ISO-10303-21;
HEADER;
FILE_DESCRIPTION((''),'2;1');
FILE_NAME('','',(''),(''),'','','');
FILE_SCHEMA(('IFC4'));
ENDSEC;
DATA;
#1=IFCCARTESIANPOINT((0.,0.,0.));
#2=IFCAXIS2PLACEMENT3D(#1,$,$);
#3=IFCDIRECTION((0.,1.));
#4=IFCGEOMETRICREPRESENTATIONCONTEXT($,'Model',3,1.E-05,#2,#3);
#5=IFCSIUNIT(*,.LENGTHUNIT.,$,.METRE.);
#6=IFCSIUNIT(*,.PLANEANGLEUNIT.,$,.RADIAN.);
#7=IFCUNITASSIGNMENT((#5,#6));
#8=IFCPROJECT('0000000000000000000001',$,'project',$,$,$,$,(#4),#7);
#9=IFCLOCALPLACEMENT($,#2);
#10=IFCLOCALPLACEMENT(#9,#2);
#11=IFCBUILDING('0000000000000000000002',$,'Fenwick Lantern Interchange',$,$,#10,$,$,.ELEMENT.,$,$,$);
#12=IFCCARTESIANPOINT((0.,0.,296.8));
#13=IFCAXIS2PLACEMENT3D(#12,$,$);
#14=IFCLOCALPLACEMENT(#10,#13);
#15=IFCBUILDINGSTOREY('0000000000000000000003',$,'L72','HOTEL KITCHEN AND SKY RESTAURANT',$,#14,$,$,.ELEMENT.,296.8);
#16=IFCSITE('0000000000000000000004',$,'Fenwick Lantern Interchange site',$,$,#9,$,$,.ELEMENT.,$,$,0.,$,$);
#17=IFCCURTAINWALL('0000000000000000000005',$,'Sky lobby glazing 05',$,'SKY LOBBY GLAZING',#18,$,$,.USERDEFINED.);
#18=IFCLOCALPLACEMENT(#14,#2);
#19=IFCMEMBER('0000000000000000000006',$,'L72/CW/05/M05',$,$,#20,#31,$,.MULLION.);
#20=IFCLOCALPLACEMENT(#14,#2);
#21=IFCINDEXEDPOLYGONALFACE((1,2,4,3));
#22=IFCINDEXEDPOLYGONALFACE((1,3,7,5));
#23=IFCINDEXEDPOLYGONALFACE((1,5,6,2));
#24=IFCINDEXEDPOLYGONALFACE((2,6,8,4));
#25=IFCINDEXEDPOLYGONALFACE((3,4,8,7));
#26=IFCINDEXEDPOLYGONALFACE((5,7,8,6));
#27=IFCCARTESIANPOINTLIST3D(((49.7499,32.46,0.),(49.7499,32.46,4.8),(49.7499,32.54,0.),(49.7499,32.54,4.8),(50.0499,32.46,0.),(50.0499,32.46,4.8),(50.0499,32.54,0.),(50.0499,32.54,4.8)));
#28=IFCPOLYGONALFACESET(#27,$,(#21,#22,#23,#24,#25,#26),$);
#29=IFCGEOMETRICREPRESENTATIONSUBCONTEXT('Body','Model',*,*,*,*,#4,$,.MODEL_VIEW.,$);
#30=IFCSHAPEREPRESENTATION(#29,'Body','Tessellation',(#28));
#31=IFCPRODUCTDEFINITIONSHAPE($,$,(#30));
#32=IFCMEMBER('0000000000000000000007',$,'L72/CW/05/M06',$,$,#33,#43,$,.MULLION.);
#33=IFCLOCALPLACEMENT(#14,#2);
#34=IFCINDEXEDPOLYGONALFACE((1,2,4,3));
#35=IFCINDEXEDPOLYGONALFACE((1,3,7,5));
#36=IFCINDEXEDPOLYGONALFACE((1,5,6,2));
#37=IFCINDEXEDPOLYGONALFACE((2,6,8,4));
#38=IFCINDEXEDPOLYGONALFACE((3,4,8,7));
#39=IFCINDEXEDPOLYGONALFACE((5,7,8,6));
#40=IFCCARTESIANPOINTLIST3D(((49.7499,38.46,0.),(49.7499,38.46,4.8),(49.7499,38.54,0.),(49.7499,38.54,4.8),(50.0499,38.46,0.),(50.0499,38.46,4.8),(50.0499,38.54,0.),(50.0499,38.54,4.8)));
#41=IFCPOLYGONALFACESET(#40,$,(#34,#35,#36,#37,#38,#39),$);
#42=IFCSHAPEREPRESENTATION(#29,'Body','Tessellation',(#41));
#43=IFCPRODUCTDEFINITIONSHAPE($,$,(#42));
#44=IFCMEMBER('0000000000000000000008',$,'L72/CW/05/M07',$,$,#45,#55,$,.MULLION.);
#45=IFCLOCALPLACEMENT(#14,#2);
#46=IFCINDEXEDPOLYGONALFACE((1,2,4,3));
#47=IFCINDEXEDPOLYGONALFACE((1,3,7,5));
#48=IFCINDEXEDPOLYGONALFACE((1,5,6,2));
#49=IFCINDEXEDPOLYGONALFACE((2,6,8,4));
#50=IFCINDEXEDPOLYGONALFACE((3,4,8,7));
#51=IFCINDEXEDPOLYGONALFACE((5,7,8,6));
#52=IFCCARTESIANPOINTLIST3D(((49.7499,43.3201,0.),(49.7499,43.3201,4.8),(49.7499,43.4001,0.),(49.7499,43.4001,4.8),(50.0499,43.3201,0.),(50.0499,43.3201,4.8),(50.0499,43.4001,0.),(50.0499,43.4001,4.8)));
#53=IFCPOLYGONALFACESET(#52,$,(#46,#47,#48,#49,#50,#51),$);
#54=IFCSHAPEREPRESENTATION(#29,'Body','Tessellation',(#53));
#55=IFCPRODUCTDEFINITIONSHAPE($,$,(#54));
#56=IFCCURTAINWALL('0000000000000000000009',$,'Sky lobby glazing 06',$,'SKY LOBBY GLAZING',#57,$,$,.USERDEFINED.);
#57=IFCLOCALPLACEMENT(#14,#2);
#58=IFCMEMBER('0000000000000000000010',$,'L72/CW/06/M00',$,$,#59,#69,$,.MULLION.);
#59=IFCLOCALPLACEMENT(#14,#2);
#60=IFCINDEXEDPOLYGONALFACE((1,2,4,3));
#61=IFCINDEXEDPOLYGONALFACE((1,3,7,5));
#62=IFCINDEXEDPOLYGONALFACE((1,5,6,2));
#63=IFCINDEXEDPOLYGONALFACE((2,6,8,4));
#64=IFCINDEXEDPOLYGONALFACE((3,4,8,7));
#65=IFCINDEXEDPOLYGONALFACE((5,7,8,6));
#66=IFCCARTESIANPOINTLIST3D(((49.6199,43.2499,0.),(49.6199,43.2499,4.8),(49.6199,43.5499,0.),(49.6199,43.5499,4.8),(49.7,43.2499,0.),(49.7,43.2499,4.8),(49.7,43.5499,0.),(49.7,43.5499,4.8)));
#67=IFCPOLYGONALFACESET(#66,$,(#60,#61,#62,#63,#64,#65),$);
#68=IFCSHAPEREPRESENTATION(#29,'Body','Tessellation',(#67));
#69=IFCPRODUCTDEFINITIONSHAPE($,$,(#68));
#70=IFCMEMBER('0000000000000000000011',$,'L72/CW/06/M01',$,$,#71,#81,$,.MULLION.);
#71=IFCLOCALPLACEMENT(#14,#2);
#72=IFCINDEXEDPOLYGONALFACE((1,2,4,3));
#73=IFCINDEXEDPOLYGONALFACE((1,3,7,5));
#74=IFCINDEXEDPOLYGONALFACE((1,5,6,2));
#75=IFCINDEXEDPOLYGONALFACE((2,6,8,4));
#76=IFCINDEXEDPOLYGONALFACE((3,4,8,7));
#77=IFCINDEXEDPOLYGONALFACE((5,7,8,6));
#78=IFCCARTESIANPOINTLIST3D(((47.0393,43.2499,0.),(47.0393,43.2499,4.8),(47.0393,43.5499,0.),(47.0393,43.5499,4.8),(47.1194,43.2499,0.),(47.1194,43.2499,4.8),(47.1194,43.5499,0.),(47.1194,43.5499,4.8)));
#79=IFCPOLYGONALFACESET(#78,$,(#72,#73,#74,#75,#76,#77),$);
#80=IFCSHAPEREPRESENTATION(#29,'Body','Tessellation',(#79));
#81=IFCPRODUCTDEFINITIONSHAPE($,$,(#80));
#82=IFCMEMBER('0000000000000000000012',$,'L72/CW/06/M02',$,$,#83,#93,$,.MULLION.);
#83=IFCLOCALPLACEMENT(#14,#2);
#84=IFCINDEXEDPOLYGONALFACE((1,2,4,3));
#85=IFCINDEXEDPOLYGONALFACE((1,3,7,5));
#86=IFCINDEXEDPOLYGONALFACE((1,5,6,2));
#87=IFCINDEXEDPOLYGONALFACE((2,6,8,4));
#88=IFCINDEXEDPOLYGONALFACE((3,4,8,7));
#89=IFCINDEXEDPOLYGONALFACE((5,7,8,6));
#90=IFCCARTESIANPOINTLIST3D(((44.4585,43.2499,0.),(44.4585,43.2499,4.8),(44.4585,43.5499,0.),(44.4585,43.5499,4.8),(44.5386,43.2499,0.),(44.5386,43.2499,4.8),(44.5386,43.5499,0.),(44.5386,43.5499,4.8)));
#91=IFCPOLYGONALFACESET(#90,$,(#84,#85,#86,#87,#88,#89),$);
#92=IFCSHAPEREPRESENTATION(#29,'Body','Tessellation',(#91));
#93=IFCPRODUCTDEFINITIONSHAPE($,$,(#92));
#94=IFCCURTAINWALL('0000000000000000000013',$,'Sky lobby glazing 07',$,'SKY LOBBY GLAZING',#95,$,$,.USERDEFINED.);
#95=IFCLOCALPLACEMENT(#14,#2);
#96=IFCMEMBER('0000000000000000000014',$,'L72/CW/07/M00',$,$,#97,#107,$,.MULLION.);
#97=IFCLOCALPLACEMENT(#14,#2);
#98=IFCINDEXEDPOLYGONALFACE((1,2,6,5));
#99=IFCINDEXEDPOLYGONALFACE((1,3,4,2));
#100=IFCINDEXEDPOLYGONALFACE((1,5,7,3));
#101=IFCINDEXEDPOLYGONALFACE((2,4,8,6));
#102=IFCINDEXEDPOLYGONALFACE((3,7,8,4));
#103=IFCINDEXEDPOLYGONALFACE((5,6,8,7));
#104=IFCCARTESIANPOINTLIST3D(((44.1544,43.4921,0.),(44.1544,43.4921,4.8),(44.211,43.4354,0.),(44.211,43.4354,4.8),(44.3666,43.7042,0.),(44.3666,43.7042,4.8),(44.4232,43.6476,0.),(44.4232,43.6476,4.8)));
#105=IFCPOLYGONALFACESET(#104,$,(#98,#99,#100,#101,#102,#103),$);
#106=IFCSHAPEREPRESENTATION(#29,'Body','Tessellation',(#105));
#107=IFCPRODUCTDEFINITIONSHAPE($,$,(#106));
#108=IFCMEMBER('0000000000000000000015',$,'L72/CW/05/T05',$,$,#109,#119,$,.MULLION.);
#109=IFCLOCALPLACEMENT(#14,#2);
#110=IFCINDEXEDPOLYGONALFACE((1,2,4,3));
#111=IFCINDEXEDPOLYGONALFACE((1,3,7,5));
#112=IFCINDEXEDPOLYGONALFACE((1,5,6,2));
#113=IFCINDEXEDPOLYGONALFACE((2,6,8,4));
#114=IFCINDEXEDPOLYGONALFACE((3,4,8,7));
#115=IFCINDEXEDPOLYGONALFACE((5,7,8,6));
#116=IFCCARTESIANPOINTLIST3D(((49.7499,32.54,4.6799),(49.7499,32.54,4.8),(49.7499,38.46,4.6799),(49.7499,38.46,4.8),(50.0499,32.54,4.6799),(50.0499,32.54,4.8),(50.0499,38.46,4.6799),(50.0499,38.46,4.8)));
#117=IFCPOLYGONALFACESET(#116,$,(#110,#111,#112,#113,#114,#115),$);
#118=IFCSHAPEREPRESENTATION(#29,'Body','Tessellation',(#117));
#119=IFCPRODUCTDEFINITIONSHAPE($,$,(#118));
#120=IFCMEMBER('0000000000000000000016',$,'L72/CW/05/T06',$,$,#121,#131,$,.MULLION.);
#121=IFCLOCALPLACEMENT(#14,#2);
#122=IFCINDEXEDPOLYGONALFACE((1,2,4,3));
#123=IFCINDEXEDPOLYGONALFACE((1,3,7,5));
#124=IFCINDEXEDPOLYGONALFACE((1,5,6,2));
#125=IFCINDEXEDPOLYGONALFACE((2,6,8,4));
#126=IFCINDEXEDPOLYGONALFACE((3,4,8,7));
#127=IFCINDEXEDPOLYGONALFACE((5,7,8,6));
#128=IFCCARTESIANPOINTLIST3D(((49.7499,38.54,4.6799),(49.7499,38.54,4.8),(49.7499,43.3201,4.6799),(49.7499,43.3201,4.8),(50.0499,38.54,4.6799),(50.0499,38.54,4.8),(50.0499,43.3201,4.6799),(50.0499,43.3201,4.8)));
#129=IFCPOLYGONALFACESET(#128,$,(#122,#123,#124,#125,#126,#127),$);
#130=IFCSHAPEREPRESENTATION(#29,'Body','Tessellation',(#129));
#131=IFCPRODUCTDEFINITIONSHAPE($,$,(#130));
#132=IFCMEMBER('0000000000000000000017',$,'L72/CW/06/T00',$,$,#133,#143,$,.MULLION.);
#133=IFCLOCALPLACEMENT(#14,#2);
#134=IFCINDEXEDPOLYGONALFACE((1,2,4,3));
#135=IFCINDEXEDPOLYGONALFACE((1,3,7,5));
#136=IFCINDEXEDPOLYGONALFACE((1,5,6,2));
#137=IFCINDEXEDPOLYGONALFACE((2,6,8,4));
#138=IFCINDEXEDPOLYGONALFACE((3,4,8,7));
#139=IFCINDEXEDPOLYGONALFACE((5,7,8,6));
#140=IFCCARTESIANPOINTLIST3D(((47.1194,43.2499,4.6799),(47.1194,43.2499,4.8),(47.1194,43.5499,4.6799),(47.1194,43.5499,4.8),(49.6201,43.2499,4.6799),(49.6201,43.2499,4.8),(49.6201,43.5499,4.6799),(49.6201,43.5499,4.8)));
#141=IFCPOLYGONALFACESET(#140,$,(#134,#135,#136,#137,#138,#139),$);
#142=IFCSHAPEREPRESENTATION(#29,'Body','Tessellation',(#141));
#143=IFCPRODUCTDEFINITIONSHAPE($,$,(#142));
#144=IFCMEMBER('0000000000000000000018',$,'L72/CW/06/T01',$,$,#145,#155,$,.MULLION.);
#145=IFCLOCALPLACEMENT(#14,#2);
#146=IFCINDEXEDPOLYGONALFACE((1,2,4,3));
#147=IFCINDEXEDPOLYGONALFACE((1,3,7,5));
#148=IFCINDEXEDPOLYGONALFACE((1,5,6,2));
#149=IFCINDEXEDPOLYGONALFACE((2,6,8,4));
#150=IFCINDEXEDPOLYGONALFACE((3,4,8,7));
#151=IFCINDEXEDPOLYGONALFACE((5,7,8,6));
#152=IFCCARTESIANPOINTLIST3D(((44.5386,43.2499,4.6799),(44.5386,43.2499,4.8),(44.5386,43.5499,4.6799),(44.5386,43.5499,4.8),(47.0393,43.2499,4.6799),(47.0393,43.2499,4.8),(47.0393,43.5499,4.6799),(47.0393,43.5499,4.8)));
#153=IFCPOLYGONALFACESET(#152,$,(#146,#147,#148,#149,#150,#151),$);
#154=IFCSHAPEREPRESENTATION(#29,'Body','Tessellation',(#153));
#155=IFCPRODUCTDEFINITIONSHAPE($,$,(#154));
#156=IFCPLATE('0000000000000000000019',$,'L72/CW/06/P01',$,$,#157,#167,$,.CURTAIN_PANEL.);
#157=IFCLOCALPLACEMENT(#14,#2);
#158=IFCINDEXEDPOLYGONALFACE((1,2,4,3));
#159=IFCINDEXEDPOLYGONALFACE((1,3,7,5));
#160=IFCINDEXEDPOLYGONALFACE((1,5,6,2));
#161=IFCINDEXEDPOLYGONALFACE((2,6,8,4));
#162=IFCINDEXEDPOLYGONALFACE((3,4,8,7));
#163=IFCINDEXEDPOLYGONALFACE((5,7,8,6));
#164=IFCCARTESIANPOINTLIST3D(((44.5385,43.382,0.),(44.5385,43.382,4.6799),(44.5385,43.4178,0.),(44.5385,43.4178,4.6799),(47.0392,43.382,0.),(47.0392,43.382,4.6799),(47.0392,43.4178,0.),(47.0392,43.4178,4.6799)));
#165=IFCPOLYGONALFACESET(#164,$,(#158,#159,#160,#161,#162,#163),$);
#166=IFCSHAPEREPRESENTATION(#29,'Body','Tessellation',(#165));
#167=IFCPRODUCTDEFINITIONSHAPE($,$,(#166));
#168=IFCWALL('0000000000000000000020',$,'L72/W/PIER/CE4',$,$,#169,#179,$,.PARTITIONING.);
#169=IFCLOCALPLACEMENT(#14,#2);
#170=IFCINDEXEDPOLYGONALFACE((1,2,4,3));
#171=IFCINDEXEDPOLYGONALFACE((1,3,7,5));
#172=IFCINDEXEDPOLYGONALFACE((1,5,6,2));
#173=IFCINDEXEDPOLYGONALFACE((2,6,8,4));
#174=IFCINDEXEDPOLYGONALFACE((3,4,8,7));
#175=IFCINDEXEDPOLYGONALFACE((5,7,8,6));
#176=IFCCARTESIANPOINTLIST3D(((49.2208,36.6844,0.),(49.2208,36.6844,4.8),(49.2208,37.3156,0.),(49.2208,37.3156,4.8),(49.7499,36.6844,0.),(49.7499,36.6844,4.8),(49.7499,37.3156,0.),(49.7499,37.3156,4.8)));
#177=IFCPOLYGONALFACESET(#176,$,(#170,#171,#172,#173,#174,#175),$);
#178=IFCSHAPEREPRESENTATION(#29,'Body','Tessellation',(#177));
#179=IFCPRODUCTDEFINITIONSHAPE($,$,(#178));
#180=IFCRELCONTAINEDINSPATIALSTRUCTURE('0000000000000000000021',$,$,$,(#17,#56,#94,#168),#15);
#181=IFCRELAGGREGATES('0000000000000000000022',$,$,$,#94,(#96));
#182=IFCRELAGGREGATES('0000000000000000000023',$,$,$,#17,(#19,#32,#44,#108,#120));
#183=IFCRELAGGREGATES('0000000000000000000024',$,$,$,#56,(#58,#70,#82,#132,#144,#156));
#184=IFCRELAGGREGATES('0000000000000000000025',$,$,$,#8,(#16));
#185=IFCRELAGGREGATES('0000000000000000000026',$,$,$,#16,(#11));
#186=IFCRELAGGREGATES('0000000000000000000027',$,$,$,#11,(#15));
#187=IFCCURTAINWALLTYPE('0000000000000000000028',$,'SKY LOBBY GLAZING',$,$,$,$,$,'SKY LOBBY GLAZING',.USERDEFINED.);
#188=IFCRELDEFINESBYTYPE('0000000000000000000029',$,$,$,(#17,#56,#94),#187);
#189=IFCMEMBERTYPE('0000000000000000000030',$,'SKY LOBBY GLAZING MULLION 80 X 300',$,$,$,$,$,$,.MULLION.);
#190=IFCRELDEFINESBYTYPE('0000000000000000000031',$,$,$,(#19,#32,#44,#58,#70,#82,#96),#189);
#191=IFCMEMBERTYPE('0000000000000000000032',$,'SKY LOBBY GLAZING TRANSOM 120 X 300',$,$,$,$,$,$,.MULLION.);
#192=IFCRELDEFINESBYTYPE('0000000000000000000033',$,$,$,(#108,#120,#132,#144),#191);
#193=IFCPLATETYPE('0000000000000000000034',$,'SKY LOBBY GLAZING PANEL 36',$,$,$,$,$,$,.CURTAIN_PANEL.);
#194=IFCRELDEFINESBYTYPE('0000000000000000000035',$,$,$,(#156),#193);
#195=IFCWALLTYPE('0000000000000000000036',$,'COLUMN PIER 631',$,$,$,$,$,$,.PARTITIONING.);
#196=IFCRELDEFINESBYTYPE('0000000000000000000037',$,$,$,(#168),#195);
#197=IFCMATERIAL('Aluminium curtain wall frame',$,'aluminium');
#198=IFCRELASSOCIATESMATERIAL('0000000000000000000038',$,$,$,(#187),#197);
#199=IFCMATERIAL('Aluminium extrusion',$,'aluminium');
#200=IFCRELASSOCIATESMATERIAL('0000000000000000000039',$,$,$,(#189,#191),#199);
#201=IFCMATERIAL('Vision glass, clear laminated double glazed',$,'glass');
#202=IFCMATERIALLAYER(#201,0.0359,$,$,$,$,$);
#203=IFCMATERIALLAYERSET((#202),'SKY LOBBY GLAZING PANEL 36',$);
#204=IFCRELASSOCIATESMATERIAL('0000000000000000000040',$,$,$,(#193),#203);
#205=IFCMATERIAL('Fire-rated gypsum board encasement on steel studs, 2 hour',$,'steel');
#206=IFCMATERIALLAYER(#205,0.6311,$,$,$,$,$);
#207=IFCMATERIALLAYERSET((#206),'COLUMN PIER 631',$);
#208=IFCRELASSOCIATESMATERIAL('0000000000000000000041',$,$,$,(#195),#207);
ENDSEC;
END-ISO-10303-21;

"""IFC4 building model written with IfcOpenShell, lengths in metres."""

from ifc_helpers import new_model, si_unit, direction, frame, frame_2d, origin, origin_2d, place, context, subcontext, project, spatial, rectangle, extrude, material, layer, layer_set, material_profile, profile_set, type_object, element, aggregate, save


model = new_model("IFC4")

# Units and contexts
model_context = context("Model", 3, precision=1e-05, world=origin(), true_north=direction((0.0, 1.0)))
body_context = subcontext(model_context, "Body", "Model", "MODEL_VIEW")
ifc_project = project(units=[si_unit("LENGTHUNIT", "METRE"), si_unit("PLANEANGLEUNIT", "RADIAN")], contexts=[model_context])

# Site, building, storey
site_placement = place(None, origin())
site = spatial("IfcSite", under=ifc_project, at=site_placement, Name="Fenwick Lantern Interchange site", CompositionType="ELEMENT", RefElevation=0.0)
building_placement = place(site_placement, origin())
building = spatial("IfcBuilding", under=site, at=building_placement, Name="Fenwick Lantern Interchange", CompositionType="ELEMENT")
storey_placement = place(building_placement, frame((0.0, 0.0, 296.8)))
storey = spatial("IfcBuildingStorey", under=building, at=storey_placement, Name="L72", Description="HOTEL KITCHEN AND SKY RESTAURANT", CompositionType="ELEMENT", Elevation=296.8)

# Curtain walls, members
ifc_material_1 = material(Name="Aluminium curtain wall frame", Category="aluminium")
curtain_wall_type = type_object("IfcCurtainWallType", Name="SKY LOBBY GLAZING", ElementType="SKY LOBBY GLAZING", PredefinedType="USERDEFINED", material=ifc_material_1)
curtain_wall_1_placement = place(storey_placement, origin())
curtain_wall_1 = element("IfcCurtainWall", 1, at=curtain_wall_1_placement, inside=storey, type_object=curtain_wall_type, Name="Sky lobby glazing 05", ObjectType="SKY LOBBY GLAZING", PredefinedType="USERDEFINED")
ifc_material_2 = material(Name="Aluminium extrusion", Category="aluminium")
ifc_material_profile_1 = material_profile(ifc_material_2, rectangle(XDim=0.3, YDim=0.0801, at=origin_2d()), Name="SKY LOBBY GLAZING MULLION 80 X 300")
ifc_profile_set_1 = profile_set([ifc_material_profile_1], Name="Aluminium extrusion")
member_type_1 = type_object("IfcMemberType", Name="SKY LOBBY GLAZING MULLION 80 X 300", PredefinedType="MULLION", material=ifc_profile_set_1)
member_1_placement = place(storey_placement, frame((49.8999, 32.5, 0.0), z_axis=(0.0, 0.0, 1.0), x_axis=(-1.0, 0.0, 0.0)))
member_1 = element("IfcMember", 2, at=member_1_placement, type_object=member_type_1, Name="L72/CW/05/M05", PredefinedType="MULLION", context=body_context, shape_type="SweptSolid", body=[
    extrude(rectangle(XDim=0.3, YDim=0.0801, at=origin_2d()), origin(), (0.0, 0.0, 1.0), 4.8),
])
member_2_placement = place(storey_placement, frame((49.8999, 38.5, 0.0), z_axis=(0.0, 0.0, 1.0), x_axis=(-1.0, 0.0, 0.0)))
member_2 = element("IfcMember", 3, at=member_2_placement, type_object=member_type_1, Name="L72/CW/05/M06", PredefinedType="MULLION", context=body_context, shape_type="SweptSolid", body=[
    extrude(rectangle(XDim=0.3, YDim=0.0801, at=origin_2d()), origin(), (0.0, 0.0, 1.0), 4.8),
])
member_3_placement = place(storey_placement, frame((49.8999, 43.3601, 0.0), z_axis=(0.0, 0.0, 1.0), x_axis=(-1.0, 0.0, 0.0)))
member_3 = element("IfcMember", 4, at=member_3_placement, type_object=member_type_1, Name="L72/CW/05/M07", PredefinedType="MULLION", context=body_context, shape_type="SweptSolid", body=[
    extrude(rectangle(XDim=0.3, YDim=0.0801, at=origin_2d()), origin(), (0.0, 0.0, 1.0), 4.8),
])
curtain_wall_2_placement = place(storey_placement, origin())
curtain_wall_2 = element("IfcCurtainWall", 5, at=curtain_wall_2_placement, inside=storey, type_object=curtain_wall_type, Name="Sky lobby glazing 06", ObjectType="SKY LOBBY GLAZING", PredefinedType="USERDEFINED")
member_4_placement = place(storey_placement, frame((49.6599, 43.3999, 0.0), z_axis=(0.0, 0.0, 1.0), x_axis=(0.0, -1.0, 0.0)))
member_4 = element("IfcMember", 6, at=member_4_placement, type_object=member_type_1, Name="L72/CW/06/M00", PredefinedType="MULLION", context=body_context, shape_type="SweptSolid", body=[
    extrude(rectangle(XDim=0.3, YDim=0.0801, at=origin_2d()), origin(), (0.0, 0.0, 1.0), 4.8),
])
member_5_placement = place(storey_placement, frame((47.0793, 43.3999, 0.0), z_axis=(0.0, 0.0, 1.0), x_axis=(0.0, -1.0, 0.0)))
member_5 = element("IfcMember", 7, at=member_5_placement, type_object=member_type_1, Name="L72/CW/06/M01", PredefinedType="MULLION", context=body_context, shape_type="SweptSolid", body=[
    extrude(rectangle(XDim=0.3, YDim=0.0801, at=origin_2d()), origin(), (0.0, 0.0, 1.0), 4.8),
])
member_6_placement = place(storey_placement, frame((44.4985, 43.3999, 0.0), z_axis=(0.0, 0.0, 1.0), x_axis=(0.0, -1.0, 0.0)))
member_6 = element("IfcMember", 8, at=member_6_placement, type_object=member_type_1, Name="L72/CW/06/M02", PredefinedType="MULLION", context=body_context, shape_type="SweptSolid", body=[
    extrude(rectangle(XDim=0.3, YDim=0.0801, at=origin_2d()), origin(), (0.0, 0.0, 1.0), 4.8),
])

# Curtain wall, member
curtain_wall_3_placement = place(storey_placement, origin())
curtain_wall_3 = element("IfcCurtainWall", 9, at=curtain_wall_3_placement, inside=storey, type_object=curtain_wall_type, Name="Sky lobby glazing 07", ObjectType="SKY LOBBY GLAZING", PredefinedType="USERDEFINED")
member_7_placement = place(storey_placement, frame((44.2888, 43.5698, 0.0), z_axis=(0.0, 0.0, 1.0), x_axis=(-0.707107, -0.707107, 0.0)))
member_7 = element("IfcMember", 10, at=member_7_placement, type_object=member_type_1, Name="L72/CW/07/M00", PredefinedType="MULLION", context=body_context, shape_type="SweptSolid", body=[
    extrude(rectangle(XDim=0.3, YDim=0.0801, at=origin_2d()), origin(), (0.0, 0.0, 1.0), 4.8),
])
aggregate(curtain_wall_3, [member_7])

# Members
ifc_material_profile_2 = material_profile(ifc_material_2, rectangle(XDim=0.3, YDim=0.1201, at=origin_2d()), Name="SKY LOBBY GLAZING TRANSOM 120 X 300")
ifc_profile_set_2 = profile_set([ifc_material_profile_2], Name="Aluminium extrusion")
member_type_2 = type_object("IfcMemberType", Name="SKY LOBBY GLAZING TRANSOM 120 X 300", PredefinedType="MULLION", material=ifc_profile_set_2)
member_8_placement = place(storey_placement, frame((49.8999, 32.54, 4.74), z_axis=(0.0, 1.0, 0.0), x_axis=(-1.0, 0.0, 0.0)))
member_8 = element("IfcMember", 11, at=member_8_placement, type_object=member_type_2, Name="L72/CW/05/T05", PredefinedType="MULLION", context=body_context, shape_type="SweptSolid", body=[
    extrude(rectangle(XDim=0.3, YDim=0.1201, at=origin_2d()), origin(), (0.0, 0.0, 1.0), 5.9199),
])
member_9_placement = place(storey_placement, frame((49.8999, 38.54, 4.74), z_axis=(0.0, 1.0, 0.0), x_axis=(-1.0, 0.0, 0.0)))
member_9 = element("IfcMember", 12, at=member_9_placement, type_object=member_type_2, Name="L72/CW/05/T06", PredefinedType="MULLION", context=body_context, shape_type="SweptSolid", body=[
    extrude(rectangle(XDim=0.3, YDim=0.1201, at=origin_2d()), origin(), (0.0, 0.0, 1.0), 4.78),
])
aggregate(curtain_wall_1, [member_1, member_2, member_3, member_8, member_9])
member_10_placement = place(storey_placement, frame((49.6201, 43.3999, 4.74), z_axis=(-1.0, 0.0, 0.0), x_axis=(0.0, -1.0, 0.0)))
member_10 = element("IfcMember", 13, at=member_10_placement, type_object=member_type_2, Name="L72/CW/06/T00", PredefinedType="MULLION", context=body_context, shape_type="SweptSolid", body=[
    extrude(rectangle(XDim=0.3, YDim=0.1201, at=origin_2d()), origin(), (0.0, 0.0, 1.0), 2.5007),
])
member_11_placement = place(storey_placement, frame((47.0393, 43.3999, 4.74), z_axis=(-1.0, 0.0, 0.0), x_axis=(0.0, -1.0, 0.0)))
member_11 = element("IfcMember", 14, at=member_11_placement, type_object=member_type_2, Name="L72/CW/06/T01", PredefinedType="MULLION", context=body_context, shape_type="SweptSolid", body=[
    extrude(rectangle(XDim=0.3, YDim=0.1201, at=origin_2d()), origin(), (0.0, 0.0, 1.0), 2.5007),
])

# Plate
ifc_material_3 = material(Name="Vision glass, clear laminated double glazed", Category="glass")
ifc_layer_1 = layer(ifc_material_3, 0.0359)
ifc_layer_set_1 = layer_set([ifc_layer_1], Name="SKY LOBBY GLAZING PANEL 36")
plate_type = type_object("IfcPlateType", Name="SKY LOBBY GLAZING PANEL 36", PredefinedType="CURTAIN_PANEL", material=ifc_layer_set_1)
plate_placement = place(storey_placement, frame((45.7888, 43.3999, 0.0), z_axis=(0.0, 0.0, 1.0), x_axis=(-1.0, 0.0, 0.0)))
plate = element("IfcPlate", 15, at=plate_placement, type_object=plate_type, Name="L72/CW/06/P01", PredefinedType="CURTAIN_PANEL", context=body_context, shape_type="SweptSolid", body=[
    extrude(rectangle(XDim=2.5007, YDim=0.0359, at=origin_2d()), origin(), (0.0, 0.0, 1.0), 4.6799),
])
aggregate(curtain_wall_2, [member_4, member_5, member_6, member_10, member_11, plate])

# Wall
ifc_material_4 = material(Name="Fire-rated gypsum board encasement on steel studs, 2 hour", Category="steel")
ifc_layer_2 = layer(ifc_material_4, 0.6311)
ifc_layer_set_2 = layer_set([ifc_layer_2], Name="COLUMN PIER 631")
wall_type_1 = type_object("IfcWallType", Name="COLUMN PIER 631", PredefinedType="PARTITIONING", material=ifc_layer_set_2)
wall_1_placement = place(storey_placement, frame((49.75, 37.0, 0.0), z_axis=(0.0, 0.0, 1.0), x_axis=(-1.0, 0.0, 0.0)))
element("IfcWall", 16, at=wall_1_placement, inside=storey, type_object=wall_type_1, Name="L72/W/PIER/CE4", PredefinedType="PARTITIONING", context=body_context, shape_type="SweptSolid", body=[
    extrude(rectangle(XDim=0.5291, YDim=0.6311, at=frame_2d((0.2646, 0.0))), origin(), (0.0, 0.0, 1.0), 4.8),
])

save(model, "model.ifc")
